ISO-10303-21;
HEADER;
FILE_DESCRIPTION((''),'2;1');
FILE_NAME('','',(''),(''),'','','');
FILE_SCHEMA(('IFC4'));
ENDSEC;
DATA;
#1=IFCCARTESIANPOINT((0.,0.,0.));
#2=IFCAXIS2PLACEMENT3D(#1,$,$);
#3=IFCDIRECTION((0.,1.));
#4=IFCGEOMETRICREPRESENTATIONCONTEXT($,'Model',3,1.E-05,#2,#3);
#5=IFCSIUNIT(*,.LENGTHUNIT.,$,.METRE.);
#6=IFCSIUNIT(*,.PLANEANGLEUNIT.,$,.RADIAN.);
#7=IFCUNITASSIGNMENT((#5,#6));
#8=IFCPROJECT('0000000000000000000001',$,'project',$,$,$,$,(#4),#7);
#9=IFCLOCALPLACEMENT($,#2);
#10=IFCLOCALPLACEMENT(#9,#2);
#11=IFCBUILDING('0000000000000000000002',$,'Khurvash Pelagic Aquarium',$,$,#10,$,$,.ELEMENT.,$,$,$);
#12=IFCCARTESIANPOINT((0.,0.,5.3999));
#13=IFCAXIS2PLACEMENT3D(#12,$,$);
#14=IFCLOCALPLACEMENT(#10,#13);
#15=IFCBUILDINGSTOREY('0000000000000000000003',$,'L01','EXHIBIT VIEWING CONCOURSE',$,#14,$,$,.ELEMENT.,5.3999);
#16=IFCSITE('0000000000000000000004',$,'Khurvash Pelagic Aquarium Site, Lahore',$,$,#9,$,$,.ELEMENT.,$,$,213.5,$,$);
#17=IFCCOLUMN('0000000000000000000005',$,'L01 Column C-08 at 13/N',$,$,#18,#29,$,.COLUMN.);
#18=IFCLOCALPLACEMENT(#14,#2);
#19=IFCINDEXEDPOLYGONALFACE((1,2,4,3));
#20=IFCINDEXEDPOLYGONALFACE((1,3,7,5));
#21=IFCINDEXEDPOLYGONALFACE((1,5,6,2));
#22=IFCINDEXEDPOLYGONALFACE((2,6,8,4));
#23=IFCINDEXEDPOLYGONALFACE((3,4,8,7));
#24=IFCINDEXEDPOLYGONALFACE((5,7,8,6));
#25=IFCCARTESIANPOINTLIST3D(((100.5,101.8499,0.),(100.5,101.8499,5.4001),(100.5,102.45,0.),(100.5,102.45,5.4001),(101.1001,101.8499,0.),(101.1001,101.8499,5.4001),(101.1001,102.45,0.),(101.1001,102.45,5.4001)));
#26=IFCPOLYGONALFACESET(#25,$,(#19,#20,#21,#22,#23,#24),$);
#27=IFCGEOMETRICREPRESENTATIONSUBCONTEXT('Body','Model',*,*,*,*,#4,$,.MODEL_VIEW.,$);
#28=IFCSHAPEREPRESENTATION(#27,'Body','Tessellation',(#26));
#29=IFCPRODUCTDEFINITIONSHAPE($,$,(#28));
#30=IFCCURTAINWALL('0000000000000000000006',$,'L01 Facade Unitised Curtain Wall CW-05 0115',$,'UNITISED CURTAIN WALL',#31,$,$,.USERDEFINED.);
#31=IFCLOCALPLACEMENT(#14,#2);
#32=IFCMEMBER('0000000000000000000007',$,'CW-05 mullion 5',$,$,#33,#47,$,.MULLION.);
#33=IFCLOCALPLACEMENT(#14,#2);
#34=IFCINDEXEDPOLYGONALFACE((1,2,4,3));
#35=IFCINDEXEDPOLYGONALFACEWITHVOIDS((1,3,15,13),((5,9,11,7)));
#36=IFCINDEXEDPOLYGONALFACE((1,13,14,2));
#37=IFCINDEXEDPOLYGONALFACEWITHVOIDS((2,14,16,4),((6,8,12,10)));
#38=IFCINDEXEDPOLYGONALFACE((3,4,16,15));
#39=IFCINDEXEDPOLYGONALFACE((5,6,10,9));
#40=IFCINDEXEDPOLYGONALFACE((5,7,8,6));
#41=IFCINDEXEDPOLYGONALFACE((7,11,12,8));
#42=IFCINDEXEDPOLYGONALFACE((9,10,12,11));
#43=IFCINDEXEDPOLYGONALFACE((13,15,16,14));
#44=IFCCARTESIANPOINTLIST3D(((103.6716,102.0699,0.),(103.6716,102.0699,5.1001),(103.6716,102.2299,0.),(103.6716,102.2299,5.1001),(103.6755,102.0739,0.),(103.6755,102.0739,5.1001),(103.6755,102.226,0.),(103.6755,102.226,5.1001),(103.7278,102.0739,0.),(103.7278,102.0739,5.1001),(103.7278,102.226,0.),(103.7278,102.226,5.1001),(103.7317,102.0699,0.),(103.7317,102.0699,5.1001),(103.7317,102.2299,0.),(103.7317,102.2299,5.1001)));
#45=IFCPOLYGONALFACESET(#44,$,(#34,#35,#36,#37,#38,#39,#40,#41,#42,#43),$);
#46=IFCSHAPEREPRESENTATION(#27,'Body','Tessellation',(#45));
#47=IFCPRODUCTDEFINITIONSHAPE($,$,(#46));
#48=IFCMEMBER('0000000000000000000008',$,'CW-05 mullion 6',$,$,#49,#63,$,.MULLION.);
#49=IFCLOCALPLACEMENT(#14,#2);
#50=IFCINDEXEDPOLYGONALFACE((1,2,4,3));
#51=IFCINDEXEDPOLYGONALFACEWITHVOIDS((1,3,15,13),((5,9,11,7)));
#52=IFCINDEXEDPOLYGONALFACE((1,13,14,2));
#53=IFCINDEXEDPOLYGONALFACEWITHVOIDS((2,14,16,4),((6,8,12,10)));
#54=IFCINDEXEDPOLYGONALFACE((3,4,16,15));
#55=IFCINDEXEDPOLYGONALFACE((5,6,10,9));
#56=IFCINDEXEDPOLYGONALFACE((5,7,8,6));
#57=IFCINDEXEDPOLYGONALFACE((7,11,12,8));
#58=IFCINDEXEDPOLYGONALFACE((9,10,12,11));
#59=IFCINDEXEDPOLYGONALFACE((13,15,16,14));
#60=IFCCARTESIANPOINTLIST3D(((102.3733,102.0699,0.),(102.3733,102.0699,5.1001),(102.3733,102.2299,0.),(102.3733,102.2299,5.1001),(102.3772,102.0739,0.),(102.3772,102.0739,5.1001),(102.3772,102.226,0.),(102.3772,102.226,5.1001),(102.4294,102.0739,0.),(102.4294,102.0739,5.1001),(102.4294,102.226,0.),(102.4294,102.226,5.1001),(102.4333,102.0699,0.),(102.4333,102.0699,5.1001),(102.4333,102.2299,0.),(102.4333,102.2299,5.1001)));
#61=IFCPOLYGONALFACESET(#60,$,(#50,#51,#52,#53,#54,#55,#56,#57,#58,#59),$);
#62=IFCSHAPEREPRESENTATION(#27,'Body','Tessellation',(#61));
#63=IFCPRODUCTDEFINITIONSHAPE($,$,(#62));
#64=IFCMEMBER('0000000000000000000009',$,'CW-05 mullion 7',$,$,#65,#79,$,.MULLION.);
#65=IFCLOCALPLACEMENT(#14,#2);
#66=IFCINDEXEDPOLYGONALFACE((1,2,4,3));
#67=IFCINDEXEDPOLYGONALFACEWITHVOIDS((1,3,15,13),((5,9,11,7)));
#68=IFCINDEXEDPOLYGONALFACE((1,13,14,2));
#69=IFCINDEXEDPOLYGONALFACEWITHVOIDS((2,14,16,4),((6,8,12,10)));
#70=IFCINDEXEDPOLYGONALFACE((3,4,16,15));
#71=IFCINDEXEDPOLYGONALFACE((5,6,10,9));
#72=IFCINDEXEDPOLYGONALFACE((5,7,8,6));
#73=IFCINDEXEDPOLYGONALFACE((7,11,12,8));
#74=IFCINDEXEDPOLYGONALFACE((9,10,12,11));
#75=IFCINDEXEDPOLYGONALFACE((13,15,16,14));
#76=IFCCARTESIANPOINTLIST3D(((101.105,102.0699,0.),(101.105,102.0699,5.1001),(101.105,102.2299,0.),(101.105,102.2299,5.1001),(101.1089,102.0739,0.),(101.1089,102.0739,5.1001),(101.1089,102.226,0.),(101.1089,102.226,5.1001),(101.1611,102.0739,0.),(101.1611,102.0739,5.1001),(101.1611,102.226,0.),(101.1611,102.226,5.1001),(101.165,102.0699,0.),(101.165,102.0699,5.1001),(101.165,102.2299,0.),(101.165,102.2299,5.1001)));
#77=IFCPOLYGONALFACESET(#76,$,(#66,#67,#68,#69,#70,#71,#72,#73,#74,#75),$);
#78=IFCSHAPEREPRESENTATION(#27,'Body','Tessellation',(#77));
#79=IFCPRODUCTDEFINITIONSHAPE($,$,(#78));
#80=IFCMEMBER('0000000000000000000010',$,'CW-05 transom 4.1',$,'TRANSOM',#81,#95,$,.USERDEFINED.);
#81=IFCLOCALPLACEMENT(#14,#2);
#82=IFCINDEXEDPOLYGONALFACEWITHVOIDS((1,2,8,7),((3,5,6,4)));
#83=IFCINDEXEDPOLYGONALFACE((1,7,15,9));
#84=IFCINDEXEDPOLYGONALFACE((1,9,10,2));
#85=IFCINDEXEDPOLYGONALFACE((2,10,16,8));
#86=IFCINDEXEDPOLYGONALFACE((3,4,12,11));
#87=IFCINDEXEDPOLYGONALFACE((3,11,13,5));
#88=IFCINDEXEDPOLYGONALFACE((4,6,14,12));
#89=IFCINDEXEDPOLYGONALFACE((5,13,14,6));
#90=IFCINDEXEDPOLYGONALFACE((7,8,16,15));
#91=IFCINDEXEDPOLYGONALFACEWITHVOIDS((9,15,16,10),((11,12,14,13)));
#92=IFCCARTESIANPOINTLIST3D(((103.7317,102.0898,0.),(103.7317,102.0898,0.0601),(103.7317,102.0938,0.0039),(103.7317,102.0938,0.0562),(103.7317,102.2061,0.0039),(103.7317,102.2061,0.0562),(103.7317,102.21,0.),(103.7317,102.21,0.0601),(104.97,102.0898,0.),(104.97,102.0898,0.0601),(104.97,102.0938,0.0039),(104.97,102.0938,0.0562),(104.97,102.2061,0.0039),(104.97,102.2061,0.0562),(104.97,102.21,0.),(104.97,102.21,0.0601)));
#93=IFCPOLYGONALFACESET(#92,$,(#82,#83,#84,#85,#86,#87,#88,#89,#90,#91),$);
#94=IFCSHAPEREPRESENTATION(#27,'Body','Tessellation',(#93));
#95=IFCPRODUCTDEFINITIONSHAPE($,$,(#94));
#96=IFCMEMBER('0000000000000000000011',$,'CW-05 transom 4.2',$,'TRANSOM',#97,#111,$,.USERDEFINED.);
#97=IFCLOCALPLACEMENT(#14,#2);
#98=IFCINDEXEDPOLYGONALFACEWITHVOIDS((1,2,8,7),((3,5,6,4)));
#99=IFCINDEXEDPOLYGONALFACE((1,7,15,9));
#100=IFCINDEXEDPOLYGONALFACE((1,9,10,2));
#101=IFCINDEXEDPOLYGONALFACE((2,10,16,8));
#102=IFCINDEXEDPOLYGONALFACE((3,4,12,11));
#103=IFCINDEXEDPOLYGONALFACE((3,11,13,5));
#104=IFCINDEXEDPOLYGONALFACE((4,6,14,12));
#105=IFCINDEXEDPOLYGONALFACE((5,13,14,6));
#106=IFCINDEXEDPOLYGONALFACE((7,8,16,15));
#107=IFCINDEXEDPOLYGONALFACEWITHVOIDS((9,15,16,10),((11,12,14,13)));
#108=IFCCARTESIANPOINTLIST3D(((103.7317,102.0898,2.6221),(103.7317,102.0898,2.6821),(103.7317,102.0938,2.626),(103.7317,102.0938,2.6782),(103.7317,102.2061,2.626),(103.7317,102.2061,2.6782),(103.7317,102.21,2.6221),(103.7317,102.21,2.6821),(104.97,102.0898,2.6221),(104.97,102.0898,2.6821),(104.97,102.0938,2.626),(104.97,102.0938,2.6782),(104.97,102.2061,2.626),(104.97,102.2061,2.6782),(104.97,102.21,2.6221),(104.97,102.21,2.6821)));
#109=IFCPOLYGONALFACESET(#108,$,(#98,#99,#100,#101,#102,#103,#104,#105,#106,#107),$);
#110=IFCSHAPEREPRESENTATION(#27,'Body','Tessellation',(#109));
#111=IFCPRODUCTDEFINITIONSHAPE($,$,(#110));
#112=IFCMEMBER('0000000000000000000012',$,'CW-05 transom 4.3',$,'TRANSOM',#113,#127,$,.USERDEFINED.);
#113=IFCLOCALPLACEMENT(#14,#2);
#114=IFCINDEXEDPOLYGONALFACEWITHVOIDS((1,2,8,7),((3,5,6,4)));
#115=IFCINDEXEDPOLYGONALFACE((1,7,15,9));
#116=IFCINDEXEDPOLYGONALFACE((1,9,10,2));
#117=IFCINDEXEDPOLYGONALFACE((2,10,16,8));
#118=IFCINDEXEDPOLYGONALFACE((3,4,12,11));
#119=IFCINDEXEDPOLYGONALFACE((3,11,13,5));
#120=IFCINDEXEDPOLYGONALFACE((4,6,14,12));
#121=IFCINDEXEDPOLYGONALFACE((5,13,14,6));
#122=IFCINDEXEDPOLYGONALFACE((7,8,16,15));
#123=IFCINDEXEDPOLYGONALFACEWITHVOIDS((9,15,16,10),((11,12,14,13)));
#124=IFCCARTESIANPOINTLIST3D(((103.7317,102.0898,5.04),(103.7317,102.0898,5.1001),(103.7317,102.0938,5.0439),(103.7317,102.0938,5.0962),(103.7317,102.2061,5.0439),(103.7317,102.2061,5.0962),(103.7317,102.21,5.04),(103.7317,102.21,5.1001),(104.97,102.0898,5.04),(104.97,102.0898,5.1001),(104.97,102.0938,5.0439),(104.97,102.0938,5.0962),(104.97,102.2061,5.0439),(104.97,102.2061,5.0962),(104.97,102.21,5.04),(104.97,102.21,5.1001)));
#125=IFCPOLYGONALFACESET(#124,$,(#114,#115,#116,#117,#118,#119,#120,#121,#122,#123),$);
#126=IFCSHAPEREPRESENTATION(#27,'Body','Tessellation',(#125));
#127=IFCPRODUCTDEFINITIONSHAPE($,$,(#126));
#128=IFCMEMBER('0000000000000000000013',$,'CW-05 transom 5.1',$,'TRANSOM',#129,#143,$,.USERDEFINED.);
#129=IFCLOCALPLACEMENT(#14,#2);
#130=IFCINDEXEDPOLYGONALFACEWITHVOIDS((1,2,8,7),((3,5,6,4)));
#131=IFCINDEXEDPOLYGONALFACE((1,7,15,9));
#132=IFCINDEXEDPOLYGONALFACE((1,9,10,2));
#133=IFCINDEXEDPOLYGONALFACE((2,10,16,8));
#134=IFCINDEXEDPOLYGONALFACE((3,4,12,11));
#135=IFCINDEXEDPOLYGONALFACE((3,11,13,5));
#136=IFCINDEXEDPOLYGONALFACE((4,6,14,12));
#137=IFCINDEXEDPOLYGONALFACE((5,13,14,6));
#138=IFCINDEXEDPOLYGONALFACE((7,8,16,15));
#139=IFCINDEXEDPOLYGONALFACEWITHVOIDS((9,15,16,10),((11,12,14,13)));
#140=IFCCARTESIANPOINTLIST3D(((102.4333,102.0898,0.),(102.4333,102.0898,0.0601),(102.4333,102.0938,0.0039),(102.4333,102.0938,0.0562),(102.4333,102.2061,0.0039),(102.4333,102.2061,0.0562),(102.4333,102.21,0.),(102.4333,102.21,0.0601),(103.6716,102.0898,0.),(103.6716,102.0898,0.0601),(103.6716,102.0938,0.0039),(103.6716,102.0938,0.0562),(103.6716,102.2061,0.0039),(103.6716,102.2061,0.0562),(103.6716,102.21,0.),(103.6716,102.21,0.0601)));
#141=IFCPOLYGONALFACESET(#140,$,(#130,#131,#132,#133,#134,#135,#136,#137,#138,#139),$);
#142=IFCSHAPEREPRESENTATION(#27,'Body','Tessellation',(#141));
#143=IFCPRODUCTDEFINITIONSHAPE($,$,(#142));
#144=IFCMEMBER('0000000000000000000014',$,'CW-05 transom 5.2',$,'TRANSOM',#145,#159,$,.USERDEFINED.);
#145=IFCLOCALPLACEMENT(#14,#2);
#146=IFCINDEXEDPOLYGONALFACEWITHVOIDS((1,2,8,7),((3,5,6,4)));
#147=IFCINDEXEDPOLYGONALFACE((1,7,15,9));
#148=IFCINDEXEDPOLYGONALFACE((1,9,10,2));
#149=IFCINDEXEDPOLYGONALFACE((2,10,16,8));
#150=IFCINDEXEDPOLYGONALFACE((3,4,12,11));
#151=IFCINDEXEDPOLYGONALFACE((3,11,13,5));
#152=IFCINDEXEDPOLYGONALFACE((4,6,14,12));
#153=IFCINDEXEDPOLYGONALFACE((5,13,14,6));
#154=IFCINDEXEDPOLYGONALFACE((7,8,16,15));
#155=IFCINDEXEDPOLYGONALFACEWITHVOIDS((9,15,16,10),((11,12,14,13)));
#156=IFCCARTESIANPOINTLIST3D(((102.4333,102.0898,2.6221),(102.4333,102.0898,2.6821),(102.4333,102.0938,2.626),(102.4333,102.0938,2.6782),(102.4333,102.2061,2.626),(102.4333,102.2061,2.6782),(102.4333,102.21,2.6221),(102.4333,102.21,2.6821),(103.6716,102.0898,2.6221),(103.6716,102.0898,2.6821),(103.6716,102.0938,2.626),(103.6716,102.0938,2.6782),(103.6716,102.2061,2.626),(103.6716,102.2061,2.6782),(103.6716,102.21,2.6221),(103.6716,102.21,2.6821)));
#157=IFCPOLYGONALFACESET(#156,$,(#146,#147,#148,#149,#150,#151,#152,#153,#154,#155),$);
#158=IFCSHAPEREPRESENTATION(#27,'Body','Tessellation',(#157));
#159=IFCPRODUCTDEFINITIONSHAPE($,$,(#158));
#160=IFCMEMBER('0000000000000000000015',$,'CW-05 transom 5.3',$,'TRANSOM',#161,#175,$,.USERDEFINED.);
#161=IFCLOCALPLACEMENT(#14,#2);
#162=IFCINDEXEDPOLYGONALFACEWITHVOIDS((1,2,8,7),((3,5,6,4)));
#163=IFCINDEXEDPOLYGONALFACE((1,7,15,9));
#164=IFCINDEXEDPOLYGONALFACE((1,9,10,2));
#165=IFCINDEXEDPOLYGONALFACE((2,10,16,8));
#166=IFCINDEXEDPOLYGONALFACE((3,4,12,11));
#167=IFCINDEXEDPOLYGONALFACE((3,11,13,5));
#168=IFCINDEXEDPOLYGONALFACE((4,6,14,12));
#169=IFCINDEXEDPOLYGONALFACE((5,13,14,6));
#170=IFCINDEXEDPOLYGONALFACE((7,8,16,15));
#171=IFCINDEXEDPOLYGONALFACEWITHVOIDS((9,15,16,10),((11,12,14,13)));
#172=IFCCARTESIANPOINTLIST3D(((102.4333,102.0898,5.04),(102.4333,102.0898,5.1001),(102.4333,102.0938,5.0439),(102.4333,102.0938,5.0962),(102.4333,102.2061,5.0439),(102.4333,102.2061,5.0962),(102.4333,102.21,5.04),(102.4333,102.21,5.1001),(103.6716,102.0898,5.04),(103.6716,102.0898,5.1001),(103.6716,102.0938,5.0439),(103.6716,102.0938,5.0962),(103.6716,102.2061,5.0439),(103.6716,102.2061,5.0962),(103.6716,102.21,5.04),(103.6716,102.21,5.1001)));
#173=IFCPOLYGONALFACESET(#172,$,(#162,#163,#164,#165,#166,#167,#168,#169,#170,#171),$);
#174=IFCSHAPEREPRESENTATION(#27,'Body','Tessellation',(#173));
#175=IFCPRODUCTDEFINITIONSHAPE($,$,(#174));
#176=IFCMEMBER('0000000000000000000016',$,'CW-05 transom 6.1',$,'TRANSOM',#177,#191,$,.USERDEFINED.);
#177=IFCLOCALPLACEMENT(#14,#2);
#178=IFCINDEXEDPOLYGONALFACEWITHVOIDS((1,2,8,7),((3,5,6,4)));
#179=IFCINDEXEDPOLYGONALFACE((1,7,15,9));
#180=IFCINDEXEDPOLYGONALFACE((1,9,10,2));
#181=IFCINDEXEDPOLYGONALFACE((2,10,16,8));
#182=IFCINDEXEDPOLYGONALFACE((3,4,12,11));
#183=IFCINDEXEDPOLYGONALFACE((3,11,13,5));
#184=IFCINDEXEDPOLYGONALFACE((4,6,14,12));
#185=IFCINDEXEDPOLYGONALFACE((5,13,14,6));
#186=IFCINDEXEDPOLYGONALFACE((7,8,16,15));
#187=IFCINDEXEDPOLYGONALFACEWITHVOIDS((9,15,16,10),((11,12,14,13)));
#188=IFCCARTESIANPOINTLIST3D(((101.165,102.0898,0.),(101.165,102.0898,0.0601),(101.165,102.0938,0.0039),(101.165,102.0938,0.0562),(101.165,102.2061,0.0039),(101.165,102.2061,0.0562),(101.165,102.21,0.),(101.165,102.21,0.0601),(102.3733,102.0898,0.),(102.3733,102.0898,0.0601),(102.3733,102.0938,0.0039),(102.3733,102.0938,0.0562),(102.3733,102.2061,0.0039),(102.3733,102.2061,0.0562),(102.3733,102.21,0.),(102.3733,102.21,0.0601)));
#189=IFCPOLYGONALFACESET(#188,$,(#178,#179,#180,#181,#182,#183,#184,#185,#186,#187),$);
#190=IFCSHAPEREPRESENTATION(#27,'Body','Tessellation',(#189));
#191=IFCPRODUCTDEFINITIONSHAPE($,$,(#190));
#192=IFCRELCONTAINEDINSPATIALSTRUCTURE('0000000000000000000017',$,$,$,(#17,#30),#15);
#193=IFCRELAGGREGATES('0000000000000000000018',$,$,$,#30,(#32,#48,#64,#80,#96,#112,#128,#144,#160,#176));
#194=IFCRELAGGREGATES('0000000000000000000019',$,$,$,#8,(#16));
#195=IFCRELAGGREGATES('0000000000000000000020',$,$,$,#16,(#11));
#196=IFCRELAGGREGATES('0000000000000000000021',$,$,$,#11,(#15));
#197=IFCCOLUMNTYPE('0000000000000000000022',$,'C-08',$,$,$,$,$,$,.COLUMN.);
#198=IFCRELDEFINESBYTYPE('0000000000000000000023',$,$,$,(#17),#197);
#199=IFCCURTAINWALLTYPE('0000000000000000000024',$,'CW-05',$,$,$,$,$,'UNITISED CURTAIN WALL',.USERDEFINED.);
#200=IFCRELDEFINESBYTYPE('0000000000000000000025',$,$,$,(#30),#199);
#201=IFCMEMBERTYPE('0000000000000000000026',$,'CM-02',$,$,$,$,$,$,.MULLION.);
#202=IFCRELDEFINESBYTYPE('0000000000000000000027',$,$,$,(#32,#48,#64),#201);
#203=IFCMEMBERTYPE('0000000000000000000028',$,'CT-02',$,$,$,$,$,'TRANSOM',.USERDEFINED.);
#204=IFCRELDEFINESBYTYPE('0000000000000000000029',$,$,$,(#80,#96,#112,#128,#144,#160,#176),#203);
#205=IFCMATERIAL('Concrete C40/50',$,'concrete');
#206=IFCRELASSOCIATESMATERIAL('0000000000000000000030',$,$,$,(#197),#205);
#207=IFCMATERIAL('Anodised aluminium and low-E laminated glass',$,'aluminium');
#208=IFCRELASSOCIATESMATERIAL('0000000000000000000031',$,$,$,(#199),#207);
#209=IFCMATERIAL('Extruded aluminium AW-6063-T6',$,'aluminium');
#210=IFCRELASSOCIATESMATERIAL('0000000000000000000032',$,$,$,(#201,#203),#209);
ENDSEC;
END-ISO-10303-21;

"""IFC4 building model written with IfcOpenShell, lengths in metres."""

from ifc_helpers import new_model, si_unit, direction, frame, origin, origin_2d, place, context, subcontext, project, spatial, rectangle, hollow_rectangle, extrude, material, material_profile, profile_set, type_object, element, aggregate, save


model = new_model("IFC4")

# Units and contexts
model_context = context("Model", 3, precision=1e-05, world=origin(), true_north=direction((0.0, 1.0)))
body_context = subcontext(model_context, "Body", "Model", "MODEL_VIEW")
ifc_project = project(units=[si_unit("LENGTHUNIT", "METRE"), si_unit("PLANEANGLEUNIT", "RADIAN")], contexts=[model_context])

# Site, building, storey
site_placement = place(None, origin())
site = spatial("IfcSite", under=ifc_project, at=site_placement, Name="Khurvash Pelagic Aquarium Site, Lahore", CompositionType="ELEMENT", RefElevation=213.5)
building_placement = place(site_placement, origin())
building = spatial("IfcBuilding", under=site, at=building_placement, Name="Khurvash Pelagic Aquarium", CompositionType="ELEMENT")
storey_placement = place(building_placement, frame((0.0, 0.0, 5.3999)))
storey = spatial("IfcBuildingStorey", under=building, at=storey_placement, Name="L01", Description="EXHIBIT VIEWING CONCOURSE", CompositionType="ELEMENT", Elevation=5.3999)

# Column
ifc_material_1 = material(Name="Concrete C40/50", Category="concrete")
ifc_material_profile_1 = material_profile(ifc_material_1, rectangle(XDim=0.6001, YDim=0.6001, at=origin_2d()), Name="RC600X600")
ifc_profile_set_1 = profile_set([ifc_material_profile_1], Name="Concrete C40/50")
column_type = type_object("IfcColumnType", Name="C-08", PredefinedType="COLUMN", material=ifc_profile_set_1)
column_placement = place(storey_placement, frame((100.8, 102.1499, 0.0), z_axis=(0.0, 0.0, 1.0), x_axis=(1.0, 0.0, 0.0)))
element("IfcColumn", 1, at=column_placement, inside=storey, type_object=column_type, Name="L01 Column C-08 at 13/N", PredefinedType="COLUMN", context=body_context, shape_type="SweptSolid", body=[
    extrude(rectangle(XDim=0.6001, YDim=0.6001, at=origin_2d()), origin(), (0.0, 0.0, 1.0), 5.4001),
])

# Curtain wall, members
ifc_material_2 = material(Name="Anodised aluminium and low-E laminated glass", Category="aluminium")
curtain_wall_type = type_object("IfcCurtainWallType", Name="CW-05", ElementType="UNITISED CURTAIN WALL", PredefinedType="USERDEFINED", material=ifc_material_2)
curtain_wall_placement = place(storey_placement, origin())
curtain_wall = element("IfcCurtainWall", 2, at=curtain_wall_placement, inside=storey, type_object=curtain_wall_type, Name="L01 Facade Unitised Curtain Wall CW-05 0115", ObjectType="UNITISED CURTAIN WALL", PredefinedType="USERDEFINED")
ifc_material_3 = material(Name="Extruded aluminium AW-6063-T6", Category="aluminium")
ifc_material_profile_2 = material_profile(ifc_material_3, hollow_rectangle(XDim=0.0601, YDim=0.1599, WallThickness=0.0039, at=origin_2d()), Name="CWM60X160X4")
ifc_profile_set_2 = profile_set([ifc_material_profile_2], Name="Extruded aluminium AW-6063-T6")
member_type_1 = type_object("IfcMemberType", Name="CM-02", PredefinedType="MULLION", material=ifc_profile_set_2)
member_1_placement = place(storey_placement, frame((103.7017, 102.1499, 0.0), z_axis=(0.0, 0.0, 1.0), x_axis=(-1.0, 0.0, 0.0)))
member_1 = element("IfcMember", 3, at=member_1_placement, type_object=member_type_1, Name="CW-05 mullion 5", PredefinedType="MULLION", context=body_context, shape_type="SweptSolid", body=[
    extrude(hollow_rectangle(XDim=0.0601, YDim=0.1599, WallThickness=0.0039, at=origin_2d()), origin(), (0.0, 0.0, 1.0), 5.1001),
])
member_2_placement = place(storey_placement, frame((102.4033, 102.1499, 0.0), z_axis=(0.0, 0.0, 1.0), x_axis=(-1.0, 0.0, 0.0)))
member_2 = element("IfcMember", 4, at=member_2_placement, type_object=member_type_1, Name="CW-05 mullion 6", PredefinedType="MULLION", context=body_context, shape_type="SweptSolid", body=[
    extrude(hollow_rectangle(XDim=0.0601, YDim=0.1599, WallThickness=0.0039, at=origin_2d()), origin(), (0.0, 0.0, 1.0), 5.1001),
])
member_3_placement = place(storey_placement, frame((101.135, 102.1499, 0.0), z_axis=(0.0, 0.0, 1.0), x_axis=(-1.0, 0.0, 0.0)))
member_3 = element("IfcMember", 5, at=member_3_placement, type_object=member_type_1, Name="CW-05 mullion 7", PredefinedType="MULLION", context=body_context, shape_type="SweptSolid", body=[
    extrude(hollow_rectangle(XDim=0.0601, YDim=0.1599, WallThickness=0.0039, at=origin_2d()), origin(), (0.0, 0.0, 1.0), 5.1001),
])
ifc_material_profile_3 = material_profile(ifc_material_3, hollow_rectangle(XDim=0.1201, YDim=0.0601, WallThickness=0.0039, at=origin_2d()), Name="CWT120X60X4")
ifc_profile_set_3 = profile_set([ifc_material_profile_3], Name="Extruded aluminium AW-6063-T6")
member_type_2 = type_object("IfcMemberType", Name="CT-02", ElementType="TRANSOM", PredefinedType="USERDEFINED", material=ifc_profile_set_3)
member_4_placement = place(storey_placement, frame((104.97, 102.1499, 0.03), z_axis=(-1.0, 0.0, 0.0), x_axis=(0.0, -1.0, 0.0)))
member_4 = element("IfcMember", 6, at=member_4_placement, type_object=member_type_2, Name="CW-05 transom 4.1", ObjectType="TRANSOM", PredefinedType="USERDEFINED", context=body_context, shape_type="SweptSolid", body=[
    extrude(hollow_rectangle(XDim=0.1201, YDim=0.0601, WallThickness=0.0039, at=origin_2d()), origin(), (0.0, 0.0, 1.0), 1.2383),
])
member_5_placement = place(storey_placement, frame((104.97, 102.1499, 2.6521), z_axis=(-1.0, 0.0, 0.0), x_axis=(0.0, -1.0, 0.0)))
member_5 = element("IfcMember", 7, at=member_5_placement, type_object=member_type_2, Name="CW-05 transom 4.2", ObjectType="TRANSOM", PredefinedType="USERDEFINED", context=body_context, shape_type="SweptSolid", body=[
    extrude(hollow_rectangle(XDim=0.1201, YDim=0.0601, WallThickness=0.0039, at=origin_2d()), origin(), (0.0, 0.0, 1.0), 1.2383),
])
member_6_placement = place(storey_placement, frame((104.97, 102.1499, 5.0701), z_axis=(-1.0, 0.0, 0.0), x_axis=(0.0, -1.0, 0.0)))
member_6 = element("IfcMember", 8, at=member_6_placement, type_object=member_type_2, Name="CW-05 transom 4.3", ObjectType="TRANSOM", PredefinedType="USERDEFINED", context=body_context, shape_type="SweptSolid", body=[
    extrude(hollow_rectangle(XDim=0.1201, YDim=0.0601, WallThickness=0.0039, at=origin_2d()), origin(), (0.0, 0.0, 1.0), 1.2383),
])
member_7_placement = place(storey_placement, frame((103.6716, 102.1499, 0.03), z_axis=(-1.0, 0.0, 0.0), x_axis=(0.0, -1.0, 0.0)))
member_7 = element("IfcMember", 9, at=member_7_placement, type_object=member_type_2, Name="CW-05 transom 5.1", ObjectType="TRANSOM", PredefinedType="USERDEFINED", context=body_context, shape_type="SweptSolid", body=[
    extrude(hollow_rectangle(XDim=0.1201, YDim=0.0601, WallThickness=0.0039, at=origin_2d()), origin(), (0.0, 0.0, 1.0), 1.2383),
])
member_8_placement = place(storey_placement, frame((103.6716, 102.1499, 2.6521), z_axis=(-1.0, 0.0, 0.0), x_axis=(0.0, -1.0, 0.0)))
member_8 = element("IfcMember", 10, at=member_8_placement, type_object=member_type_2, Name="CW-05 transom 5.2", ObjectType="TRANSOM", PredefinedType="USERDEFINED", context=body_context, shape_type="SweptSolid", body=[
    extrude(hollow_rectangle(XDim=0.1201, YDim=0.0601, WallThickness=0.0039, at=origin_2d()), origin(), (0.0, 0.0, 1.0), 1.2383),
])
member_9_placement = place(storey_placement, frame((103.6716, 102.1499, 5.0701), z_axis=(-1.0, 0.0, 0.0), x_axis=(0.0, -1.0, 0.0)))
member_9 = element("IfcMember", 11, at=member_9_placement, type_object=member_type_2, Name="CW-05 transom 5.3", ObjectType="TRANSOM", PredefinedType="USERDEFINED", context=body_context, shape_type="SweptSolid", body=[
    extrude(hollow_rectangle(XDim=0.1201, YDim=0.0601, WallThickness=0.0039, at=origin_2d()), origin(), (0.0, 0.0, 1.0), 1.2383),
])
member_10_placement = place(storey_placement, frame((102.3733, 102.1499, 0.03), z_axis=(-1.0, 0.0, 0.0), x_axis=(0.0, -1.0, 0.0)))
member_10 = element("IfcMember", 12, at=member_10_placement, type_object=member_type_2, Name="CW-05 transom 6.1", ObjectType="TRANSOM", PredefinedType="USERDEFINED", context=body_context, shape_type="SweptSolid", body=[
    extrude(hollow_rectangle(XDim=0.1201, YDim=0.0601, WallThickness=0.0039, at=origin_2d()), origin(), (0.0, 0.0, 1.0), 1.2083),
])

aggregate(curtain_wall, [member_1, member_2, member_3, member_4, member_5, member_6, member_7, member_8, member_9, member_10])

save(model, "model.ifc")
